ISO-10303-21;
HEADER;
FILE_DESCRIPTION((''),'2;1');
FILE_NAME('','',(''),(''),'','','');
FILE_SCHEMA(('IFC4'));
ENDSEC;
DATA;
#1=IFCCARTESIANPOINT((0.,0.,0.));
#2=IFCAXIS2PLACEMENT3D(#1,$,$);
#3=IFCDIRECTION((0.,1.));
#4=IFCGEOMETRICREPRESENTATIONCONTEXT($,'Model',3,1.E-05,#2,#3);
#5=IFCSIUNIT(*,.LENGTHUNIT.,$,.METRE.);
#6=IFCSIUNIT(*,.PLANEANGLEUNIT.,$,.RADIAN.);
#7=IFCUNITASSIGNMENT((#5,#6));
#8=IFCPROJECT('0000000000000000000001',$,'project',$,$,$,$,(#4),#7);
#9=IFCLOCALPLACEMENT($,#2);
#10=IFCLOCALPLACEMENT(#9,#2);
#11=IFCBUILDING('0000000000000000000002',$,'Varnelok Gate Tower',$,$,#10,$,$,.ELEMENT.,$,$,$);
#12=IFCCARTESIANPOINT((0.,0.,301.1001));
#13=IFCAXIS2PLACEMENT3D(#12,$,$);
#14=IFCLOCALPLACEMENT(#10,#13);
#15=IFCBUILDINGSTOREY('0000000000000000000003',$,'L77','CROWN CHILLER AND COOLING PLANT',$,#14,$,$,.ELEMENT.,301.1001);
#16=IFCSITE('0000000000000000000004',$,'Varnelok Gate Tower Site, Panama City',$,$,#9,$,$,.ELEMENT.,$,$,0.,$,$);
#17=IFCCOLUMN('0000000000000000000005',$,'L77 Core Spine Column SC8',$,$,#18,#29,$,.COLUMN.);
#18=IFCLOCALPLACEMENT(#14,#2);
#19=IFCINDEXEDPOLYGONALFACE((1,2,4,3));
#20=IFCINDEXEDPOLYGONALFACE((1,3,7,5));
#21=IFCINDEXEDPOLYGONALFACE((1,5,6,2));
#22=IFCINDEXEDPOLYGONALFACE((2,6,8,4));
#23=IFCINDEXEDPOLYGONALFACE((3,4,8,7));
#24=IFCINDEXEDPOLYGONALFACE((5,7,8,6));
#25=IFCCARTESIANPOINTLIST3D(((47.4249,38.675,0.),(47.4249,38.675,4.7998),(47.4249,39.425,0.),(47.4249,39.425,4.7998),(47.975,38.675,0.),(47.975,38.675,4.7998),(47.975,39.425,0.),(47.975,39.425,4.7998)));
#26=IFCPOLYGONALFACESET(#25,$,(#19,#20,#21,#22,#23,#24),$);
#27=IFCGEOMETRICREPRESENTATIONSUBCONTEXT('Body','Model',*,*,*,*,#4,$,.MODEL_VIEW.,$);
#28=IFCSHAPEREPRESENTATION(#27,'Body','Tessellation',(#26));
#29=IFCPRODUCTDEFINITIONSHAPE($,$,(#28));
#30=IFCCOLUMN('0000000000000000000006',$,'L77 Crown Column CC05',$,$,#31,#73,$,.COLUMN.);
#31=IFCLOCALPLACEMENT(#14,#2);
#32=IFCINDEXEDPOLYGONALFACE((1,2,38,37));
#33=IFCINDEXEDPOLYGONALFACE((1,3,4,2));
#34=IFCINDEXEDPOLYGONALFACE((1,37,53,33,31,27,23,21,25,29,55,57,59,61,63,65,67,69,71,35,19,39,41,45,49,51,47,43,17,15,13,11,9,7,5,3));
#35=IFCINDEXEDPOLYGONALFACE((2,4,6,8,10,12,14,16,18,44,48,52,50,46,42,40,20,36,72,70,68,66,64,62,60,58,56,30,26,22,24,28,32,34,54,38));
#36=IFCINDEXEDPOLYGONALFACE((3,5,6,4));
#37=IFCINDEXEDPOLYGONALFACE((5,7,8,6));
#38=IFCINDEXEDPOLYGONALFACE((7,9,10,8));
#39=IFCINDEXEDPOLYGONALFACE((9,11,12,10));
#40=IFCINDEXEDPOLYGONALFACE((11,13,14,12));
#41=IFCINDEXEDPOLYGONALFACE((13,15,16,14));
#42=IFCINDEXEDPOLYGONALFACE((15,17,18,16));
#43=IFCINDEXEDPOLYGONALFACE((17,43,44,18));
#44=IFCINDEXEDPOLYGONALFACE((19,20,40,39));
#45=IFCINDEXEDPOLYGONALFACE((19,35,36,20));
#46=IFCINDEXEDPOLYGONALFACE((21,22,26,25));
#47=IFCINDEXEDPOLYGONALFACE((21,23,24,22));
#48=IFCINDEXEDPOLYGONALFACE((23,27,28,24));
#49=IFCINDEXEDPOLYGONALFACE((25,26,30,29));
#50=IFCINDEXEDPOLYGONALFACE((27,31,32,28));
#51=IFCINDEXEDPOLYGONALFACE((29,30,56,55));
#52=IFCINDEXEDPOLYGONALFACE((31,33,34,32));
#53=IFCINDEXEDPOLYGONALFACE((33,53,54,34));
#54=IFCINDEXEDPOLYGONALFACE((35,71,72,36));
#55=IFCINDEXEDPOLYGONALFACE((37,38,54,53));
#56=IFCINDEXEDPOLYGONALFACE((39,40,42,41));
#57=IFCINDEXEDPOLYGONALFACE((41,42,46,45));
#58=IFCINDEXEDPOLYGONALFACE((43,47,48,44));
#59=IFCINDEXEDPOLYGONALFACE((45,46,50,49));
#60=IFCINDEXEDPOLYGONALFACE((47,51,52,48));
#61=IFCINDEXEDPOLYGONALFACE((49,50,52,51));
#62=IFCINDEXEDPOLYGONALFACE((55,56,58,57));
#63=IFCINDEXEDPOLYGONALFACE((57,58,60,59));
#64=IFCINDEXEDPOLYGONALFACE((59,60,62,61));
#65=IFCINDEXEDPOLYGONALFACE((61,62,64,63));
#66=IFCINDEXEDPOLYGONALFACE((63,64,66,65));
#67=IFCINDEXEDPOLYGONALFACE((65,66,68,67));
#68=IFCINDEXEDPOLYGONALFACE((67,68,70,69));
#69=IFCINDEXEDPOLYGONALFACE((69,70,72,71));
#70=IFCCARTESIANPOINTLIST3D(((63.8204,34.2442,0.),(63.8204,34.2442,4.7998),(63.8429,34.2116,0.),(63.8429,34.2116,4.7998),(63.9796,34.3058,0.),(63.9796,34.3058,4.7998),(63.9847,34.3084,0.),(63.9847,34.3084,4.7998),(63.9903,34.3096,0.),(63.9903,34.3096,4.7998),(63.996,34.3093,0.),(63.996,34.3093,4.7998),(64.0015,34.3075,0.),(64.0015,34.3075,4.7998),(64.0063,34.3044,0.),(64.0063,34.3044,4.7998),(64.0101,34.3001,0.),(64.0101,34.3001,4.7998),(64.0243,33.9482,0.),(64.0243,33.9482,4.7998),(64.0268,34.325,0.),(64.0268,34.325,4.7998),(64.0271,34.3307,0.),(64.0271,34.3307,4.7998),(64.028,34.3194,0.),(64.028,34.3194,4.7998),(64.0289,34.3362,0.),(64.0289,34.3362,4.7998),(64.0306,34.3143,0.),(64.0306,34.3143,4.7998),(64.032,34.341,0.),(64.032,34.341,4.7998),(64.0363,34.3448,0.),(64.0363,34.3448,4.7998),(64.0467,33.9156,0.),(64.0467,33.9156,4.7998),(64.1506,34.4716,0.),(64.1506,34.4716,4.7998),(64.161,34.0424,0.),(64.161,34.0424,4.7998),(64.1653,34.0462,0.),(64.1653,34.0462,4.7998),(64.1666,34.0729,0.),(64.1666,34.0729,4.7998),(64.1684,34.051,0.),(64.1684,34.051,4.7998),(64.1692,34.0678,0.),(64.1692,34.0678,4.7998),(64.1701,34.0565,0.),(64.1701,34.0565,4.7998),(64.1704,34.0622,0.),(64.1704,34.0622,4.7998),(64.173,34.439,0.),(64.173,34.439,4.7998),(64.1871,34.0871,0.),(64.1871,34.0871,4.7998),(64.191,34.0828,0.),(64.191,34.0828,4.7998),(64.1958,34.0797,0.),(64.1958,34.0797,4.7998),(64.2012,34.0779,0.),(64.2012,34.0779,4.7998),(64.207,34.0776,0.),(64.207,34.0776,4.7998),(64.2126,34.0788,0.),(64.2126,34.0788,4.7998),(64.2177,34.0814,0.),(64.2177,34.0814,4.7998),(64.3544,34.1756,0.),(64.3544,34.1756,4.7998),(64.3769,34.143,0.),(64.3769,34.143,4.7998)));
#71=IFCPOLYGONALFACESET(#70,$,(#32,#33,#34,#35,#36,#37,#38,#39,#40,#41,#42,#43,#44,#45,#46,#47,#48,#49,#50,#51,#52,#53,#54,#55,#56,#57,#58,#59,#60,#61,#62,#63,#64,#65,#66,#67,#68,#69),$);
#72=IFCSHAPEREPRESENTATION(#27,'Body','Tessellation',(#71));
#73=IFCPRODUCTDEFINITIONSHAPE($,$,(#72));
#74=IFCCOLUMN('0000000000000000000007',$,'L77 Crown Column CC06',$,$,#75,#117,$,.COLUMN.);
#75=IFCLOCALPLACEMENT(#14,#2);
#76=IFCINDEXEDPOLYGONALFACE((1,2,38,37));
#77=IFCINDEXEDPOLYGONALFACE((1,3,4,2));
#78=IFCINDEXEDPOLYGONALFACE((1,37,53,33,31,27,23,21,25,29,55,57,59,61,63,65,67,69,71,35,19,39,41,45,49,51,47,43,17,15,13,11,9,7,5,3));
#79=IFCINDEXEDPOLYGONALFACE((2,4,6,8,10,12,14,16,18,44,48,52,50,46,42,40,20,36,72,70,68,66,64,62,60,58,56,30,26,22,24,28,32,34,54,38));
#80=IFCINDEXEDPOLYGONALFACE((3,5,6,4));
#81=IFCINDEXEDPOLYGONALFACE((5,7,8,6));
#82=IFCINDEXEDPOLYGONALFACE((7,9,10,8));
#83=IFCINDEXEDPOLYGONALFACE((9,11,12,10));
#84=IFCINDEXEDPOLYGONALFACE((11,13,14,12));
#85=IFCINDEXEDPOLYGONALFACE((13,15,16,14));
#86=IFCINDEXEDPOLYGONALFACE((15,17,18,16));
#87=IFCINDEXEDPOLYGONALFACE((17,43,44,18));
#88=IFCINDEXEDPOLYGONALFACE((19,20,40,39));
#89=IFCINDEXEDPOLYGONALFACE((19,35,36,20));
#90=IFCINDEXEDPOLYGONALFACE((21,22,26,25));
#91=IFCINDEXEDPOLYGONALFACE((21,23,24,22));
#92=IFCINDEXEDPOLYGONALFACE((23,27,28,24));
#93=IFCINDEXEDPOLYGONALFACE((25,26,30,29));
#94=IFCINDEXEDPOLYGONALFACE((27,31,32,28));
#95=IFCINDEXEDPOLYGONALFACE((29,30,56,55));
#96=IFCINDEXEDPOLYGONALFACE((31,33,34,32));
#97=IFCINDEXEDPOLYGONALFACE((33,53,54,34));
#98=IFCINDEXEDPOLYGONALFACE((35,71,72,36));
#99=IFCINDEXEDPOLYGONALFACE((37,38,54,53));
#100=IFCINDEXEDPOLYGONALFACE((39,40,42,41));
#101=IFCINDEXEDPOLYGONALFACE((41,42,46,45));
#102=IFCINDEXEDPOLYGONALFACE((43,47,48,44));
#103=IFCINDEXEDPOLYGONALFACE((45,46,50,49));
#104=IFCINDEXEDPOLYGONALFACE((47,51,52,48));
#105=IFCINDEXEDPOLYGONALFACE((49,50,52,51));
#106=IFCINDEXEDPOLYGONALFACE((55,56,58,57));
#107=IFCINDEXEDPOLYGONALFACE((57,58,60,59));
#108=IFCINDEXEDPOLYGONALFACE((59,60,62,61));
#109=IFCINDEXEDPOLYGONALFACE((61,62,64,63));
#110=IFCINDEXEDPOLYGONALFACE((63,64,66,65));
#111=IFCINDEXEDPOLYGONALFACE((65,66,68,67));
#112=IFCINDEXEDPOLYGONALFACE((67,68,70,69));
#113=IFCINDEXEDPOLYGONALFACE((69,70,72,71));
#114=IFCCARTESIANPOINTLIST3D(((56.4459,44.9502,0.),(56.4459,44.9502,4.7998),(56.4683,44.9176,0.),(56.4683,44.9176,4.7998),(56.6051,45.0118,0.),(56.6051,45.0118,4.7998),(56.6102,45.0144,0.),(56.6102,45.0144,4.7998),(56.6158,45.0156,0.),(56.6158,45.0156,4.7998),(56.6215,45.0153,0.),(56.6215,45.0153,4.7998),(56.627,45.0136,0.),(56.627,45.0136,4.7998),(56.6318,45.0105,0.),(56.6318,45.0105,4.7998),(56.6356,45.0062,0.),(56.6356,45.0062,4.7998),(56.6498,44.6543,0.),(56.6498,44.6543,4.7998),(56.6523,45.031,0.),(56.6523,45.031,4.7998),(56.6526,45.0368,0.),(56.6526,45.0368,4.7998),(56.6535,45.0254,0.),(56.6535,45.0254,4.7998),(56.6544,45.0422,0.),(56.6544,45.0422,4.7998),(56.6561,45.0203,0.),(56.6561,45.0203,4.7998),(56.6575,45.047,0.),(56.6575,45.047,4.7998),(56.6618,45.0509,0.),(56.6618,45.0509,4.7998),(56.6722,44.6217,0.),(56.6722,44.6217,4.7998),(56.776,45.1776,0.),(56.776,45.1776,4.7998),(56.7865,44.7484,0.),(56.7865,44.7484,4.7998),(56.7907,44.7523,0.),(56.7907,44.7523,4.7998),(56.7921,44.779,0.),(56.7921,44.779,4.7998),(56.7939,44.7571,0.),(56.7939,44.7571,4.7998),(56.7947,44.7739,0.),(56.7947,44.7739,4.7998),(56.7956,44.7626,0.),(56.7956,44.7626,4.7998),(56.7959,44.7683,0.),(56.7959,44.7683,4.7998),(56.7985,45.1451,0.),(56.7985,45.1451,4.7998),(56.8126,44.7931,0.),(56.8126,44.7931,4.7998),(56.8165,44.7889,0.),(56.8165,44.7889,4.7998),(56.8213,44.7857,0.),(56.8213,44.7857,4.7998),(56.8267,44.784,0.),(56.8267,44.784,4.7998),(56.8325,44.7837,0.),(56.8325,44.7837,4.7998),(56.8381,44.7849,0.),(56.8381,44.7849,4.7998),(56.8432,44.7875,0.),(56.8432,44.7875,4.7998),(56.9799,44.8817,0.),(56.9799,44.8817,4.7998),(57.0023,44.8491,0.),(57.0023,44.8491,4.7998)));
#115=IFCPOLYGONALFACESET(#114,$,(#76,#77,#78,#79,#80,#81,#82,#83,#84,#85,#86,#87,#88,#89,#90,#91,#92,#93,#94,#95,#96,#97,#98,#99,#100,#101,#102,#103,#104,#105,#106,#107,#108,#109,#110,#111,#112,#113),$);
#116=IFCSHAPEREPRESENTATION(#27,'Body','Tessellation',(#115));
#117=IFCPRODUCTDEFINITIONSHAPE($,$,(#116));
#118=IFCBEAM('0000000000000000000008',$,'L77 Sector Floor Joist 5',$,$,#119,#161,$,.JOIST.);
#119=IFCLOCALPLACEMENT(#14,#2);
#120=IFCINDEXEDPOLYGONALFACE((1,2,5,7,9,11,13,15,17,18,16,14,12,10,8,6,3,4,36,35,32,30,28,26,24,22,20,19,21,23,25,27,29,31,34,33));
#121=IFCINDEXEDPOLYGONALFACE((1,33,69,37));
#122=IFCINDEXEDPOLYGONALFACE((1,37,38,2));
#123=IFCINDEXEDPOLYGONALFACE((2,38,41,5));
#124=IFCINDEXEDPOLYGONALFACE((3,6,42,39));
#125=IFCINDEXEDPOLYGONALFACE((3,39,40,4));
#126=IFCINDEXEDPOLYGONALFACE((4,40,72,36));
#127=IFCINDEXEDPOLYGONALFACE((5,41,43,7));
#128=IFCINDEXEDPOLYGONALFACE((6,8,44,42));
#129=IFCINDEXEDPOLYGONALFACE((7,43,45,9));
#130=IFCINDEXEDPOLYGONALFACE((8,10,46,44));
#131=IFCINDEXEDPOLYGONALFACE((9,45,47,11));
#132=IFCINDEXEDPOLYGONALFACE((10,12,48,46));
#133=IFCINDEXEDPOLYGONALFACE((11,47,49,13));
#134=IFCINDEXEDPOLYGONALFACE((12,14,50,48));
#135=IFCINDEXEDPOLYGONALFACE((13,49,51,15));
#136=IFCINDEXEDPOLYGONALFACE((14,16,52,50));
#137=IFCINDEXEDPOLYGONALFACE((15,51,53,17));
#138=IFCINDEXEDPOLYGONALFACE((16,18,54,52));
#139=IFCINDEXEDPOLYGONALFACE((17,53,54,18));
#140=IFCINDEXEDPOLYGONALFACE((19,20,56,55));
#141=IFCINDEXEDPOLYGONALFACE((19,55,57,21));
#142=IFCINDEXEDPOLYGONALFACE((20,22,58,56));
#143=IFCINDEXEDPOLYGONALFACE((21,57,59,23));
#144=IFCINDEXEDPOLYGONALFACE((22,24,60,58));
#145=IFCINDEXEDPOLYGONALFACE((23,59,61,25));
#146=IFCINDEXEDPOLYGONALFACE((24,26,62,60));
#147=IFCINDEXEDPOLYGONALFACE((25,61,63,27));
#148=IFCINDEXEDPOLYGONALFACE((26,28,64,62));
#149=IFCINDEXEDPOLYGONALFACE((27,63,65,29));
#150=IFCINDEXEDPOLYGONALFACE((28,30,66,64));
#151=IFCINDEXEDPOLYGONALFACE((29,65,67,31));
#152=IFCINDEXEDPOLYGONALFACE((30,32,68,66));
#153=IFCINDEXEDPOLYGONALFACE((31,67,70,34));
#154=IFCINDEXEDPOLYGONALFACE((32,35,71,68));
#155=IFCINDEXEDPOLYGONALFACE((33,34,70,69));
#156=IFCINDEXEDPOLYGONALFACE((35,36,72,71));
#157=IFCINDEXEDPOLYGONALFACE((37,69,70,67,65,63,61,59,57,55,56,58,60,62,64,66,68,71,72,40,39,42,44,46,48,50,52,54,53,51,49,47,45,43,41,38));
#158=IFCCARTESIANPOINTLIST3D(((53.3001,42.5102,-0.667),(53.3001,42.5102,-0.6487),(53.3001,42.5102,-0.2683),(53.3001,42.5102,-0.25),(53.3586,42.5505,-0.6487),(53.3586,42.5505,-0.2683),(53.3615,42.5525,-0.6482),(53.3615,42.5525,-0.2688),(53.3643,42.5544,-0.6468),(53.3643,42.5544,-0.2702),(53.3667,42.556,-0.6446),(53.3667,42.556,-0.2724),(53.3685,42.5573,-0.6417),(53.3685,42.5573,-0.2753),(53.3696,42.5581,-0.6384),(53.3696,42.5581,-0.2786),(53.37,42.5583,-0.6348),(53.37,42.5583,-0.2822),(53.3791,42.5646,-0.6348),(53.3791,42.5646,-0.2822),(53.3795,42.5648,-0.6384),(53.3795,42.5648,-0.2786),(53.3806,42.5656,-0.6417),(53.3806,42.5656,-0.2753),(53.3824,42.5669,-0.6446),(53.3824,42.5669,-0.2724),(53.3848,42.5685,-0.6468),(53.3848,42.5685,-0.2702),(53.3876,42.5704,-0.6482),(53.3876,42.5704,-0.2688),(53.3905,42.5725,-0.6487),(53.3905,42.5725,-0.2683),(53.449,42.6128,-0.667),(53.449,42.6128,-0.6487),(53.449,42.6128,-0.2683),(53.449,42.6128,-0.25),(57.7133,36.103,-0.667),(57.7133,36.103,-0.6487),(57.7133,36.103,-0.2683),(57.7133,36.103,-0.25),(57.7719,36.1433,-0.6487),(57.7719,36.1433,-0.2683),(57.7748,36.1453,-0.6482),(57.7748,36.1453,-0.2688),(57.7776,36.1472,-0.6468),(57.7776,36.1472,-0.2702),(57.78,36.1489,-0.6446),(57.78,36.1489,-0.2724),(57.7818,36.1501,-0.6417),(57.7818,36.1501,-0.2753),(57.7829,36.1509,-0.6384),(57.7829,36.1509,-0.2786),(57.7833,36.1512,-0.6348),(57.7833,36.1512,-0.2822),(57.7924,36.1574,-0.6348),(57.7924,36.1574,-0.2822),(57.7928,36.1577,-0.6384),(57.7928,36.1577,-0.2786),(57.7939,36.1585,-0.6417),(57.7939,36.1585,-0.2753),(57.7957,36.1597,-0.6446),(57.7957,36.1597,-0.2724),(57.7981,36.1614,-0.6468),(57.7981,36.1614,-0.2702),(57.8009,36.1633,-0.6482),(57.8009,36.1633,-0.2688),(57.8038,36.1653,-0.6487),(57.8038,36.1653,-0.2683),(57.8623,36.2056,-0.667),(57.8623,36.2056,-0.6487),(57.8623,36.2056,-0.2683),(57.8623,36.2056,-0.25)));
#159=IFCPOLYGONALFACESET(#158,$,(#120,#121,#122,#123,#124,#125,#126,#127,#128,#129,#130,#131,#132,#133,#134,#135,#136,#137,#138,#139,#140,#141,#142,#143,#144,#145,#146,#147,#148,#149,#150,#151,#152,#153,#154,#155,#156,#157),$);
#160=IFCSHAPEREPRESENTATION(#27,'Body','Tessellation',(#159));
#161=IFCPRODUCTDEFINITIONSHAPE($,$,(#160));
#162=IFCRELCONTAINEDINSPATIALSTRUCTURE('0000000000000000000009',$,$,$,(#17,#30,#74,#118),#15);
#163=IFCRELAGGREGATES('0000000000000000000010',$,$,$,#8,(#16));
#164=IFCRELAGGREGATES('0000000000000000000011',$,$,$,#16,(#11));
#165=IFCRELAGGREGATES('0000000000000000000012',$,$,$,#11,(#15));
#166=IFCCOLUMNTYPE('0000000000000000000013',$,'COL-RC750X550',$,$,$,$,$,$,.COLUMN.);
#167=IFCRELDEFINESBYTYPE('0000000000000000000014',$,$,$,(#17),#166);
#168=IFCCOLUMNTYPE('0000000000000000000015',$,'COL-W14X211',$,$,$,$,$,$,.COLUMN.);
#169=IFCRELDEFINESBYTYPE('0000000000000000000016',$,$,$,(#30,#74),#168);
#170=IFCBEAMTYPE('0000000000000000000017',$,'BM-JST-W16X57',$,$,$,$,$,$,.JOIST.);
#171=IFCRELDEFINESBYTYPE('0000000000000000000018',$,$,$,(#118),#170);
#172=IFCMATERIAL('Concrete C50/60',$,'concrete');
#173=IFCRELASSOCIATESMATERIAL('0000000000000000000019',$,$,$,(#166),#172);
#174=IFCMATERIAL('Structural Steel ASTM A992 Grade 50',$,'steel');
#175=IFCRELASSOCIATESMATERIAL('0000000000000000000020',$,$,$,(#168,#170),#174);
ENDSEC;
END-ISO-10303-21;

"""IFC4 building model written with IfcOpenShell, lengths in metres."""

from ifc_helpers import new_model, si_unit, direction, frame, origin, origin_2d, place, context, subcontext, project, spatial, rectangle, i_section, extrude, material, material_profile, profile_set, type_object, element, save


model = new_model("IFC4")

# Units and contexts
model_context = context("Model", 3, precision=1e-05, world=origin(), true_north=direction((0.0, 1.0)))
body_context = subcontext(model_context, "Body", "Model", "MODEL_VIEW")
ifc_project = project(units=[si_unit("LENGTHUNIT", "METRE"), si_unit("PLANEANGLEUNIT", "RADIAN")], contexts=[model_context])

# Site, building, storey
site_placement = place(None, origin())
site = spatial("IfcSite", under=ifc_project, at=site_placement, Name="Varnelok Gate Tower Site, Panama City", CompositionType="ELEMENT", RefElevation=0.0)
building_placement = place(site_placement, origin())
building = spatial("IfcBuilding", under=site, at=building_placement, Name="Varnelok Gate Tower", CompositionType="ELEMENT")
storey_placement = place(building_placement, frame((0.0, 0.0, 301.1001)))
storey = spatial("IfcBuildingStorey", under=building, at=storey_placement, Name="L77", Description="CROWN CHILLER AND COOLING PLANT", CompositionType="ELEMENT", Elevation=301.1001)

# Columns
ifc_material_1 = material(Name="Concrete C50/60", Category="concrete")
ifc_material_profile_1 = material_profile(ifc_material_1, rectangle(XDim=0.55, YDim=0.75, at=origin_2d()), Name="RC750X550")
ifc_profile_set_1 = profile_set([ifc_material_profile_1], Name="Concrete C50/60")
column_type_1 = type_object("IfcColumnType", Name="COL-RC750X550", PredefinedType="COLUMN", material=ifc_profile_set_1)
column_placement = place(storey_placement, frame((47.7, 39.05, 0.0), z_axis=(0.0, 0.0, 1.0), x_axis=(1.0, 0.0, 0.0)))
element("IfcColumn", 1, at=column_placement, inside=storey, type_object=column_type_1, Name="L77 Core Spine Column SC8", PredefinedType="COLUMN", context=body_context, shape_type="SweptSolid", body=[
    extrude(rectangle(XDim=0.55, YDim=0.75, at=origin_2d()), origin(), (0.0, 0.0, 1.0), 4.7998),
])
ifc_material_2 = material(Name="Structural Steel ASTM A992 Grade 50", Category="steel")
ifc_material_profile_2 = material_profile(ifc_material_2, i_section(OverallWidth=0.4009, OverallDepth=0.3989, WebThickness=0.0249, FlangeThickness=0.0396, FilletRadius=0.022, at=origin_2d()), Name="W14X211")
ifc_profile_set_2 = profile_set([ifc_material_profile_2], Name="Structural Steel ASTM A992 Grade 50")
column_type_2 = type_object("IfcColumnType", Name="COL-W14X211", PredefinedType="COLUMN", material=ifc_profile_set_2)
for number, where, z_axis, x_axis, name in (
    (2, (64.0986, 34.1936, 0.0), (0.0, 0.0, 1.0), (0.823533, 0.567269, 0.0), "L77 Crown Column CC05"),
    (3, (56.7241, 44.8997, 0.0), (0.0, 0.0, 1.0), (0.823533, 0.567269, 0.0), "L77 Crown Column CC06"),
):
    element("IfcColumn", number, at=place(storey_placement, frame(where, z_axis=z_axis, x_axis=x_axis)), inside=storey, type_object=column_type_2, Name=name, PredefinedType="COLUMN", context=body_context, shape_type="SweptSolid", body=[
        extrude(i_section(OverallWidth=0.4009, OverallDepth=0.3989, WebThickness=0.0249, FlangeThickness=0.0396, FilletRadius=0.022, at=origin_2d()), origin(), (0.0, 0.0, 1.0), 4.7998),
    ])

# Beam
ifc_material_profile_3 = material_profile(ifc_material_2, i_section(OverallWidth=0.1809, OverallDepth=0.417, WebThickness=0.011, FlangeThickness=0.0183, FilletRadius=0.0139, at=origin_2d()), Name="W16X57")
ifc_profile_set_3 = profile_set([ifc_material_profile_3], Name="Structural Steel ASTM A992 Grade 50")
beam_type_1 = type_object("IfcBeamType", Name="BM-JST-W16X57", PredefinedType="JOIST", material=ifc_profile_set_3)
beam_1_placement = place(storey_placement, frame((57.7878, 36.1543, -0.4585), z_axis=(-0.567258, 0.82354, 0.0), x_axis=(-0.82354, -0.567258, 0.0)))
element("IfcBeam", 4, at=beam_1_placement, inside=storey, type_object=beam_type_1, Name="L77 Sector Floor Joist 5", PredefinedType="JOIST", context=body_context, shape_type="SweptSolid", body=[
    extrude(i_section(OverallWidth=0.1809, OverallDepth=0.417, WebThickness=0.011, FlangeThickness=0.0183, FilletRadius=0.0139, at=origin_2d()), origin(), (0.0, 0.0, 1.0), 7.78),
])

save(model, "model.ifc")
